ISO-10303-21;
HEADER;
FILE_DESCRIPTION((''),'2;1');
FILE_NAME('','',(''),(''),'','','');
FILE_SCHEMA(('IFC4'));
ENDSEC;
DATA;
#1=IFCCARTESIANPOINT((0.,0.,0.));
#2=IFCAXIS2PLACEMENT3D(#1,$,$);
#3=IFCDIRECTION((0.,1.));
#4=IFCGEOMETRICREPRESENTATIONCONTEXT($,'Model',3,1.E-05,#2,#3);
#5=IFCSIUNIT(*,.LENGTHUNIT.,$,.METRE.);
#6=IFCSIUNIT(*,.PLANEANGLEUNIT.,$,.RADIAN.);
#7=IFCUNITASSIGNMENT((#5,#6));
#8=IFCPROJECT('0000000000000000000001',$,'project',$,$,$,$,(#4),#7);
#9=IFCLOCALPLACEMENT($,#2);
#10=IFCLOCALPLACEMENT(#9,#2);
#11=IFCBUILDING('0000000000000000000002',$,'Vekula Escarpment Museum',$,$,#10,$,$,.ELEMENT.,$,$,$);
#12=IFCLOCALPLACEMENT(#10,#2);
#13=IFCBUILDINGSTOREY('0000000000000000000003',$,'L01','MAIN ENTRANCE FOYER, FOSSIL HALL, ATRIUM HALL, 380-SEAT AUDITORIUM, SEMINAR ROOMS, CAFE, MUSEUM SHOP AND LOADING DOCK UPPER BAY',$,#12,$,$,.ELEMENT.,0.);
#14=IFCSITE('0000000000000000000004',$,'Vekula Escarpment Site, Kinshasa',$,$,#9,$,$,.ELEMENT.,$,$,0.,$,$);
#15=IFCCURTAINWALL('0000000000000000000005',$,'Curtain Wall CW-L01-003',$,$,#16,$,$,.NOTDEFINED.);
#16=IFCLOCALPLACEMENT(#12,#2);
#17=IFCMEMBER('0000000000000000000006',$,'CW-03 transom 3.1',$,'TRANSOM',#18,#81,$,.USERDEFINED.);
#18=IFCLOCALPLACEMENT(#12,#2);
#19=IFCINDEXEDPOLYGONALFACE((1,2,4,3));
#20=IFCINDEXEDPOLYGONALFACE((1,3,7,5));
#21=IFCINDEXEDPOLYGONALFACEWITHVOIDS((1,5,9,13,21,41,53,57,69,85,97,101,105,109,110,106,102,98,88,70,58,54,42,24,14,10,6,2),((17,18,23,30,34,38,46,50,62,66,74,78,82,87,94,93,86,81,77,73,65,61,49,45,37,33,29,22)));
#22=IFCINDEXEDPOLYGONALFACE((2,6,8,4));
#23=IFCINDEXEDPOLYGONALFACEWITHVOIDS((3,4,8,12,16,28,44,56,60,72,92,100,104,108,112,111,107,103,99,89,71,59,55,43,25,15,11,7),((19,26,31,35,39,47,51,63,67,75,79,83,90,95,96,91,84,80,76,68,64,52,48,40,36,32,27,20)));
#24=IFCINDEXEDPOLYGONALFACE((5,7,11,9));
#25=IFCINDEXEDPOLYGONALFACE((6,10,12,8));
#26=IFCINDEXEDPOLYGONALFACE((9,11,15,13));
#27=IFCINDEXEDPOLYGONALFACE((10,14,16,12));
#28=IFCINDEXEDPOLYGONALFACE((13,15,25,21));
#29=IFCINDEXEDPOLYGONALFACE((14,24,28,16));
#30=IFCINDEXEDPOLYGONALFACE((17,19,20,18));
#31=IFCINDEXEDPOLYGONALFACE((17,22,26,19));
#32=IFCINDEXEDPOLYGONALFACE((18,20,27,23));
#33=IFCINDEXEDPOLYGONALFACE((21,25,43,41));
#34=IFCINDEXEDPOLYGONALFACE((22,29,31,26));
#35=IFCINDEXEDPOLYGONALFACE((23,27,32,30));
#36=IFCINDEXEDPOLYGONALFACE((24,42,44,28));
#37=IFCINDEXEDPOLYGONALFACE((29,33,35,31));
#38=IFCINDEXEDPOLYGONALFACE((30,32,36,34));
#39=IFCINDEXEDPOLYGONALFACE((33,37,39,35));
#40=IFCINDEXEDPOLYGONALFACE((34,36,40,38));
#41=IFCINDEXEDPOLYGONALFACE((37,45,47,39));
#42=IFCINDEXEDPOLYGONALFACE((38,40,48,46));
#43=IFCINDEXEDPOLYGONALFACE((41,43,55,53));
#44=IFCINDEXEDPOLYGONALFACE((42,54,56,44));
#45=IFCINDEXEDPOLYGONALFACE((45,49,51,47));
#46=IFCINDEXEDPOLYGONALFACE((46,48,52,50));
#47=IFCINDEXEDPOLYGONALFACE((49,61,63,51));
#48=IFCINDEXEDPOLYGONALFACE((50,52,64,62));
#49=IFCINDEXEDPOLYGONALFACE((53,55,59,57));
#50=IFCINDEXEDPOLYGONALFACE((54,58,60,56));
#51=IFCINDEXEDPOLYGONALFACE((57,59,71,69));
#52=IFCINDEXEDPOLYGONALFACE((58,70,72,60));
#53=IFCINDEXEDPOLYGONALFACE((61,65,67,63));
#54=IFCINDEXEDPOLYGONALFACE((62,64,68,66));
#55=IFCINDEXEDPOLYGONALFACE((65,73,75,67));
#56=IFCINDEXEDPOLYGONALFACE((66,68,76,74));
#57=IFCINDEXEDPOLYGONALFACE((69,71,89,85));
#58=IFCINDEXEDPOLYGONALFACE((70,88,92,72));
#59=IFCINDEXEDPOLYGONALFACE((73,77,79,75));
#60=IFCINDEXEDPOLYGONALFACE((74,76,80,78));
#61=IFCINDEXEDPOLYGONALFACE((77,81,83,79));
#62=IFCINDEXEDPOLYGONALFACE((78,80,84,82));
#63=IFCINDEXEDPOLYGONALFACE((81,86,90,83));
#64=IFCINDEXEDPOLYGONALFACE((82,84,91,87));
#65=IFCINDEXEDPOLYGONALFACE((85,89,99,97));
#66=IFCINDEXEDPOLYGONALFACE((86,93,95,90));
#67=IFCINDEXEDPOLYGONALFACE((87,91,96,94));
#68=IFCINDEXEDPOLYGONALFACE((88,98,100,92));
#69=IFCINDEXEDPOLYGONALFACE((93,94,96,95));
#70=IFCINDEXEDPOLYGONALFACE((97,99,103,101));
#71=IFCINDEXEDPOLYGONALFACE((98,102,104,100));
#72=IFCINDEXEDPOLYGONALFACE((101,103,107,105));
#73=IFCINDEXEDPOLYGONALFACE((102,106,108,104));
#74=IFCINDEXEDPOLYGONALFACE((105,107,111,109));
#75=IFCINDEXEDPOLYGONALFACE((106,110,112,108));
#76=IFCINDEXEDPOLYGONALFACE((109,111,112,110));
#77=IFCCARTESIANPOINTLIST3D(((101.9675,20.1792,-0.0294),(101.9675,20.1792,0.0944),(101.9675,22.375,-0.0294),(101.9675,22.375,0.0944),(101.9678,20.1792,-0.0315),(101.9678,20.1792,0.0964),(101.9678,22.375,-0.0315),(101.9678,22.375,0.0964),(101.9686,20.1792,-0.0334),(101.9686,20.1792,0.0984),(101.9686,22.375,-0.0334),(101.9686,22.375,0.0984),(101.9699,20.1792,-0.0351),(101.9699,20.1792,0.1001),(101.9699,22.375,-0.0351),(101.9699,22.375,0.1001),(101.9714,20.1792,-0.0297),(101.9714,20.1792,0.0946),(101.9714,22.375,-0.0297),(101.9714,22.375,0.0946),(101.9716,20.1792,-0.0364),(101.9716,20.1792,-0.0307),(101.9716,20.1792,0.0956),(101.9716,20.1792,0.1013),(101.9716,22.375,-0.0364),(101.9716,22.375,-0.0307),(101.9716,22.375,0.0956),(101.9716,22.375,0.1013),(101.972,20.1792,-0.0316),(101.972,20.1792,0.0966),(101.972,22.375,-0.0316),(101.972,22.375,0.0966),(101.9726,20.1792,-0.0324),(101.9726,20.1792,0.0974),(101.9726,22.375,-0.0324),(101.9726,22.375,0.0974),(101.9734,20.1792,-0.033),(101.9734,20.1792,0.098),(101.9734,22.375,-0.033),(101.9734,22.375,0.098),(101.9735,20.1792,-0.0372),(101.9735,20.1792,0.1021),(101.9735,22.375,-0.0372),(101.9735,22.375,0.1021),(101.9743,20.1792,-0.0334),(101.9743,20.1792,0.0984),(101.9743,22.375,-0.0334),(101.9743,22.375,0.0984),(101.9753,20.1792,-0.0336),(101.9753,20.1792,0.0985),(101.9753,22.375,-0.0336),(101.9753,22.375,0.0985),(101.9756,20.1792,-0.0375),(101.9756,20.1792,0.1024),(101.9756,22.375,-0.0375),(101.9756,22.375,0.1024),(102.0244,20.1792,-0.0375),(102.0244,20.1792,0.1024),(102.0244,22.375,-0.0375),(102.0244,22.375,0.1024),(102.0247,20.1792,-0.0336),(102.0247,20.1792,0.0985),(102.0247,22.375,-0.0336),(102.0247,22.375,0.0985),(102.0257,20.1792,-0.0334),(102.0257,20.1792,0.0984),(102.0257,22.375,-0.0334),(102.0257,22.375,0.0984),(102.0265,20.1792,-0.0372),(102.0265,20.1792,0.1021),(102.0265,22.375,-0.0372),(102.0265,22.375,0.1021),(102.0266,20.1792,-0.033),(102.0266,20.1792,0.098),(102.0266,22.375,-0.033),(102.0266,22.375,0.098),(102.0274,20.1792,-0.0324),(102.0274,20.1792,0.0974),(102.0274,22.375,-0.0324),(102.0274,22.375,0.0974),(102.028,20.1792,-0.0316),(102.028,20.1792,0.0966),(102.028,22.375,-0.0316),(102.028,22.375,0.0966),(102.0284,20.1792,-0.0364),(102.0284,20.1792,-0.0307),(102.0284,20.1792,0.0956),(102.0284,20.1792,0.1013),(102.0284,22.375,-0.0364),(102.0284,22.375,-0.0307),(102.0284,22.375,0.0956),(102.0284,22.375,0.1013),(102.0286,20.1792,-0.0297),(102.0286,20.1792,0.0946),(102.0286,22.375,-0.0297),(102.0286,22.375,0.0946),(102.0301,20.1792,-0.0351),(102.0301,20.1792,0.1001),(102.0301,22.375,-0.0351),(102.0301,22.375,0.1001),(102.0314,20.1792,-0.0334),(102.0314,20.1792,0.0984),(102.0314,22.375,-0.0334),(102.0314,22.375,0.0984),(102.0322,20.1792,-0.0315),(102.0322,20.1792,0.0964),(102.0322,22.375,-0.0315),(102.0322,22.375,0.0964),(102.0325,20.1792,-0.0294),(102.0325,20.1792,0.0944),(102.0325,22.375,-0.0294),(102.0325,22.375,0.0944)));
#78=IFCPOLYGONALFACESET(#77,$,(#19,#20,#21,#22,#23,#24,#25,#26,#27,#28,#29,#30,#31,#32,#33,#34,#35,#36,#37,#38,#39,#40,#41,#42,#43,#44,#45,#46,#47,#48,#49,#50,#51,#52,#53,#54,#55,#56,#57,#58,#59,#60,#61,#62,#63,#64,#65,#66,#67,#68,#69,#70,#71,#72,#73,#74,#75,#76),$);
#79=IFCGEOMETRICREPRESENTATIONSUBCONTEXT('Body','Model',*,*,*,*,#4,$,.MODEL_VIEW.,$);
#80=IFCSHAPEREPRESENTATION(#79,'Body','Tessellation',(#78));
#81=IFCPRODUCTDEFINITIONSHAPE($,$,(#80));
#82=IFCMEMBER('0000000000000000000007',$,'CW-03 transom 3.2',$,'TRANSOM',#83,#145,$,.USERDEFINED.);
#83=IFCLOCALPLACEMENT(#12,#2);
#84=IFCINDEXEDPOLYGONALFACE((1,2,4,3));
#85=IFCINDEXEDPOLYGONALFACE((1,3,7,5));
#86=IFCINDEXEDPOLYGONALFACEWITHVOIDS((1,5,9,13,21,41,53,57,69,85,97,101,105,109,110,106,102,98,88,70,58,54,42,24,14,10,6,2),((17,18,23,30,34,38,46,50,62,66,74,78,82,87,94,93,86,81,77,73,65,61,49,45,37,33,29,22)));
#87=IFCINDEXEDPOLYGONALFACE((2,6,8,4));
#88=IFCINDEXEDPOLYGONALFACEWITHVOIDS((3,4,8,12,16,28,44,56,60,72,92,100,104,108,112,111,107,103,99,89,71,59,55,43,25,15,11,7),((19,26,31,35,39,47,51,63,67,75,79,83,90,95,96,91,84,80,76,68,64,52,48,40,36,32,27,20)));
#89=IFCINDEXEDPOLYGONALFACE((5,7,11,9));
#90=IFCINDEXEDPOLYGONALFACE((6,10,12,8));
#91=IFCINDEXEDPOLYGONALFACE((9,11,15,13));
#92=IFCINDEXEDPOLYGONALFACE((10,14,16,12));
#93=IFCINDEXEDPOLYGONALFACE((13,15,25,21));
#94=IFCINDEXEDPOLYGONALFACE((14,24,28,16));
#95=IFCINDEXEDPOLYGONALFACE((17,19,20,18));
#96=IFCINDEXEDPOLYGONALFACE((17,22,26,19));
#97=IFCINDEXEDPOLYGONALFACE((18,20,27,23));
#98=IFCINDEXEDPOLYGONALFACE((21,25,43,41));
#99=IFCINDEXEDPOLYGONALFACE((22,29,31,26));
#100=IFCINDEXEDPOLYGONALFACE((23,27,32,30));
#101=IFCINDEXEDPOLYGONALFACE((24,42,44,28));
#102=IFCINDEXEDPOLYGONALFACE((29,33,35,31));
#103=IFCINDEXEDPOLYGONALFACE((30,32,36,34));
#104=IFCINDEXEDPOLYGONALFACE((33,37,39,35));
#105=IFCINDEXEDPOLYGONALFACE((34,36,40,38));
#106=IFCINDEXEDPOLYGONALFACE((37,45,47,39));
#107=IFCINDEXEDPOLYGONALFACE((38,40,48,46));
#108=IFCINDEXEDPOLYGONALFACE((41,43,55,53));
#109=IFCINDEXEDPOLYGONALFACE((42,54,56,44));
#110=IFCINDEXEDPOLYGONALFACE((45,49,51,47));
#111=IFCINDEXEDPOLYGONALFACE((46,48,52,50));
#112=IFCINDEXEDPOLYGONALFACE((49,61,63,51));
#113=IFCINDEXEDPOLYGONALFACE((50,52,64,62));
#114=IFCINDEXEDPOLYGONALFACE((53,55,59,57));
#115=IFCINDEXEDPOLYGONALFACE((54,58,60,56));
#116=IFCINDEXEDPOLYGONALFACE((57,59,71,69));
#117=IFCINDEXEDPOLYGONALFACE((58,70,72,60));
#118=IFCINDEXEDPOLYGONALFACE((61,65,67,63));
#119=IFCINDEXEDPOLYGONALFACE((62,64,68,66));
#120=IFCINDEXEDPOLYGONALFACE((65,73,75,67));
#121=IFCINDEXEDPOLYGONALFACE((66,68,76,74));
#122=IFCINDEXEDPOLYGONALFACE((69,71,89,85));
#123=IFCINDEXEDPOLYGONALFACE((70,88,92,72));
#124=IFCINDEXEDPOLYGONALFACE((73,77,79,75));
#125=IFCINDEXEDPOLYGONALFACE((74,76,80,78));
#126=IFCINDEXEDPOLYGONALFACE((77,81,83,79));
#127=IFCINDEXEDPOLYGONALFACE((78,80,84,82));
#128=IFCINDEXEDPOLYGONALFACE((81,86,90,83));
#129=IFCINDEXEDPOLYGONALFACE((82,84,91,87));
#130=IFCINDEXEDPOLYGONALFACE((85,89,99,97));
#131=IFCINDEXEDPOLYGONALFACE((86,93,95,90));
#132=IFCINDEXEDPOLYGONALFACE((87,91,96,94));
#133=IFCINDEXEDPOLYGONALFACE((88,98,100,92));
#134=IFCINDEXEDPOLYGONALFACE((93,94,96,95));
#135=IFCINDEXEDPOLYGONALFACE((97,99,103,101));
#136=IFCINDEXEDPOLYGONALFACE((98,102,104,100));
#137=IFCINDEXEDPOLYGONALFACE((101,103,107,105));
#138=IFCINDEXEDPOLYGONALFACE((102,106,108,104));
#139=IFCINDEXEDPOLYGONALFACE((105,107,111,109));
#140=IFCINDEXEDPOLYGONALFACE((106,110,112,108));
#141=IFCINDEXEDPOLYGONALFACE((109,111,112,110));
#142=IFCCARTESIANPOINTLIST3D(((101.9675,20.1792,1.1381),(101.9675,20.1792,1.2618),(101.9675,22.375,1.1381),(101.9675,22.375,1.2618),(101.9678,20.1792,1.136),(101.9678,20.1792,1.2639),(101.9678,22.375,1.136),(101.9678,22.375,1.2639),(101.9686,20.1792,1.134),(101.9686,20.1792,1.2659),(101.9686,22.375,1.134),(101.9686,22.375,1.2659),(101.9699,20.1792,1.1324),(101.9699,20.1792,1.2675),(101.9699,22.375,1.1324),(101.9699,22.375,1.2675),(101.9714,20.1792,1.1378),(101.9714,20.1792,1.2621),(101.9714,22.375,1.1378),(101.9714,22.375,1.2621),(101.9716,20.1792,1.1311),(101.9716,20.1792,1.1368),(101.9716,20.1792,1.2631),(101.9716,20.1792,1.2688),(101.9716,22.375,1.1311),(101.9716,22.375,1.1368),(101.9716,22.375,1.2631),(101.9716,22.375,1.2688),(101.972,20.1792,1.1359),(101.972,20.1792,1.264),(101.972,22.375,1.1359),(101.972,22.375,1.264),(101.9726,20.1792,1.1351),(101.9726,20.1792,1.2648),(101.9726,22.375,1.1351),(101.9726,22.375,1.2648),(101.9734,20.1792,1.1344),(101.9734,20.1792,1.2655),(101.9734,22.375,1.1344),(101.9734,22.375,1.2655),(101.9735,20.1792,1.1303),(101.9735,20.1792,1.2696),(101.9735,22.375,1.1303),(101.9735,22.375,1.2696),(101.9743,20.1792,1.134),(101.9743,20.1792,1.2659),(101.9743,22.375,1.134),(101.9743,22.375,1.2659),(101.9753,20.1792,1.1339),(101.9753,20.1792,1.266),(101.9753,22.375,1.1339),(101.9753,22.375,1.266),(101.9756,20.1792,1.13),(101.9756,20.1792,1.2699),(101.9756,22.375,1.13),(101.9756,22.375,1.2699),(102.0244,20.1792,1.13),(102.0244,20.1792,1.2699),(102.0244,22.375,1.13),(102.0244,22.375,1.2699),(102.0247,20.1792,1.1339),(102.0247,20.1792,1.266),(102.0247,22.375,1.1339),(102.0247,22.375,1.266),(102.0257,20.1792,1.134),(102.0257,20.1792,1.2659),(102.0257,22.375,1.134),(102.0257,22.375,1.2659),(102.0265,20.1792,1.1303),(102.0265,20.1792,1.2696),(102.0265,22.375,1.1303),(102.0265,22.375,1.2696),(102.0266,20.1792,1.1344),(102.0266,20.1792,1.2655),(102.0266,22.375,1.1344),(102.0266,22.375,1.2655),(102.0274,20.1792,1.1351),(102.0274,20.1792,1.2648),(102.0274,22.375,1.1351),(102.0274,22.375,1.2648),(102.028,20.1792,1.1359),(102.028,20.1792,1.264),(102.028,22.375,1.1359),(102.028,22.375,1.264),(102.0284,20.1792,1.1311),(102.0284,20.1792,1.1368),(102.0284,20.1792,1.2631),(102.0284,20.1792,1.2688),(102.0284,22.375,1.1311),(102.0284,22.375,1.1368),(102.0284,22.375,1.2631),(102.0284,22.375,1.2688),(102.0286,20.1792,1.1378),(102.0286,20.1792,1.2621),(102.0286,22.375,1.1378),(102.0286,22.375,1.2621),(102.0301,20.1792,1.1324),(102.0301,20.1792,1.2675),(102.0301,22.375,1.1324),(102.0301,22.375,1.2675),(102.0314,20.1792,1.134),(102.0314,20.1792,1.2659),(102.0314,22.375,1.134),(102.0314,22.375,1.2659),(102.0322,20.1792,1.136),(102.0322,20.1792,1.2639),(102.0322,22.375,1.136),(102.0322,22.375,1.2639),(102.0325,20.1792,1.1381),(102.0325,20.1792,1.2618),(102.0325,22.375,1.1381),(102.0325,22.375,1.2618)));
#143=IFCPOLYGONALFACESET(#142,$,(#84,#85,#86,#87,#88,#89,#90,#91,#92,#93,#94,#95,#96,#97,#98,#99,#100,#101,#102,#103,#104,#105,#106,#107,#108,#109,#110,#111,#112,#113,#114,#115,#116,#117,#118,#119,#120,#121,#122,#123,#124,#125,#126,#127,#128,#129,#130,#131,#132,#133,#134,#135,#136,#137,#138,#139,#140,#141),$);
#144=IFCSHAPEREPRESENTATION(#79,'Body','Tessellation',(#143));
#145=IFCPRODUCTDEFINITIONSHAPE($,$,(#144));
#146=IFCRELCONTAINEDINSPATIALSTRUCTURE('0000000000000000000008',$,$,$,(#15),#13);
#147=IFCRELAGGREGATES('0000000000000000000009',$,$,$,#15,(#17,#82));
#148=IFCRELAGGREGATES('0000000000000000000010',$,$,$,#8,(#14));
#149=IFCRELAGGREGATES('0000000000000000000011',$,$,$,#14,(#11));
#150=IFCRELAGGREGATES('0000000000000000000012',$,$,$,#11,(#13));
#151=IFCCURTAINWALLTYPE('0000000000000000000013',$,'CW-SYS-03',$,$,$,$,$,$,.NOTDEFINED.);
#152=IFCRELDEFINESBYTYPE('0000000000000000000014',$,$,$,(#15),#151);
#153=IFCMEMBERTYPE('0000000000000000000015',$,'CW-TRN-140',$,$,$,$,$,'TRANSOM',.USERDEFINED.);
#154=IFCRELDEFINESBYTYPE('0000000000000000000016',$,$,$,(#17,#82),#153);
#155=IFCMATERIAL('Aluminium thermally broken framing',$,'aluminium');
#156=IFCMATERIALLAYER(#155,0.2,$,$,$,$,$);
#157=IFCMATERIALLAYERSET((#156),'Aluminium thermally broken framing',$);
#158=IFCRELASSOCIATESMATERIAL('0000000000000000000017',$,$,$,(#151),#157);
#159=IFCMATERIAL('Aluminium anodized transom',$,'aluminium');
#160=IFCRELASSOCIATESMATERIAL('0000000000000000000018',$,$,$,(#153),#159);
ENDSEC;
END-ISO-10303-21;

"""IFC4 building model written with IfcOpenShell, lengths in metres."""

from ifc_helpers import new_model, si_unit, direction, frame, origin, origin_2d, place, context, subcontext, project, spatial, hollow_rectangle, extrude, material, layer, layer_set, material_profile, profile_set, type_object, element, aggregate, save


model = new_model("IFC4")

# Units and contexts
model_context = context("Model", 3, precision=1e-05, world=origin(), true_north=direction((0.0, 1.0)))
body_context = subcontext(model_context, "Body", "Model", "MODEL_VIEW")
ifc_project = project(units=[si_unit("LENGTHUNIT", "METRE"), si_unit("PLANEANGLEUNIT", "RADIAN")], contexts=[model_context])

# Site, building, storey
site_placement = place(None, origin())
site = spatial("IfcSite", under=ifc_project, at=site_placement, Name="Vekula Escarpment Site, Kinshasa", CompositionType="ELEMENT", RefElevation=0.0)
building_placement = place(site_placement, origin())
building = spatial("IfcBuilding", under=site, at=building_placement, Name="Vekula Escarpment Museum", CompositionType="ELEMENT")
storey_placement = place(building_placement, origin())
storey = spatial("IfcBuildingStorey", under=building, at=storey_placement, Name="L01", Description="MAIN ENTRANCE FOYER, FOSSIL HALL, ATRIUM HALL, 380-SEAT AUDITORIUM, SEMINAR ROOMS, CAFE, MUSEUM SHOP AND LOADING DOCK UPPER BAY", CompositionType="ELEMENT", Elevation=0.0)

# Curtain wall
ifc_material_1 = material(Name="Aluminium thermally broken framing", Category="aluminium")
ifc_layer_1 = layer(ifc_material_1, 0.2)
ifc_layer_set_1 = layer_set([ifc_layer_1], Name="Aluminium thermally broken framing")
curtain_wall_type_1 = type_object("IfcCurtainWallType", Name="CW-SYS-03", PredefinedType="NOTDEFINED", material=ifc_layer_set_1)
curtain_wall_1_placement = place(storey_placement, origin())
curtain_wall_1 = element("IfcCurtainWall", 1, at=curtain_wall_1_placement, inside=storey, type_object=curtain_wall_type_1, Name="Curtain Wall CW-L01-003", PredefinedType="NOTDEFINED")

# Members
ifc_material_2 = material(Name="Aluminium anodized transom", Category="aluminium")
ifc_material_profile_1 = material_profile(ifc_material_2, hollow_rectangle(XDim=0.0649, YDim=0.1399, WallThickness=0.0039, InnerFilletRadius=0.0039, OuterFilletRadius=0.0081, at=origin_2d()), Name="ALU 140x65x4")
ifc_profile_set_1 = profile_set([ifc_material_profile_1], Name="Aluminium anodized transom")
member_type_1 = type_object("IfcMemberType", Name="CW-TRN-140", ElementType="TRANSOM", PredefinedType="USERDEFINED", material=ifc_profile_set_1)
member_1_placement = place(storey_placement, frame((102.0, 20.1792, 0.0325), z_axis=(0.0, 1.0, 0.0), x_axis=(-1.0, 0.0, 0.0)))
member_1 = element("IfcMember", 2, at=member_1_placement, type_object=member_type_1, Name="CW-03 transom 3.1", ObjectType="TRANSOM", PredefinedType="USERDEFINED", context=body_context, shape_type="SweptSolid", body=[
    extrude(hollow_rectangle(XDim=0.0649, YDim=0.1399, WallThickness=0.0039, InnerFilletRadius=0.0039, OuterFilletRadius=0.0081, at=origin_2d()), origin(), (0.0, 0.0, 1.0), 2.1958),
])
member_2_placement = place(storey_placement, frame((102.0, 20.1792, 1.2), z_axis=(0.0, 1.0, 0.0), x_axis=(-1.0, 0.0, 0.0)))
member_2 = element("IfcMember", 3, at=member_2_placement, type_object=member_type_1, Name="CW-03 transom 3.2", ObjectType="TRANSOM", PredefinedType="USERDEFINED", context=body_context, shape_type="SweptSolid", body=[
    extrude(hollow_rectangle(XDim=0.0649, YDim=0.1399, WallThickness=0.0039, InnerFilletRadius=0.0039, OuterFilletRadius=0.0081, at=origin_2d()), origin(), (0.0, 0.0, 1.0), 2.1958),
])

aggregate(curtain_wall_1, [member_1, member_2])

save(model, "model.ifc")
